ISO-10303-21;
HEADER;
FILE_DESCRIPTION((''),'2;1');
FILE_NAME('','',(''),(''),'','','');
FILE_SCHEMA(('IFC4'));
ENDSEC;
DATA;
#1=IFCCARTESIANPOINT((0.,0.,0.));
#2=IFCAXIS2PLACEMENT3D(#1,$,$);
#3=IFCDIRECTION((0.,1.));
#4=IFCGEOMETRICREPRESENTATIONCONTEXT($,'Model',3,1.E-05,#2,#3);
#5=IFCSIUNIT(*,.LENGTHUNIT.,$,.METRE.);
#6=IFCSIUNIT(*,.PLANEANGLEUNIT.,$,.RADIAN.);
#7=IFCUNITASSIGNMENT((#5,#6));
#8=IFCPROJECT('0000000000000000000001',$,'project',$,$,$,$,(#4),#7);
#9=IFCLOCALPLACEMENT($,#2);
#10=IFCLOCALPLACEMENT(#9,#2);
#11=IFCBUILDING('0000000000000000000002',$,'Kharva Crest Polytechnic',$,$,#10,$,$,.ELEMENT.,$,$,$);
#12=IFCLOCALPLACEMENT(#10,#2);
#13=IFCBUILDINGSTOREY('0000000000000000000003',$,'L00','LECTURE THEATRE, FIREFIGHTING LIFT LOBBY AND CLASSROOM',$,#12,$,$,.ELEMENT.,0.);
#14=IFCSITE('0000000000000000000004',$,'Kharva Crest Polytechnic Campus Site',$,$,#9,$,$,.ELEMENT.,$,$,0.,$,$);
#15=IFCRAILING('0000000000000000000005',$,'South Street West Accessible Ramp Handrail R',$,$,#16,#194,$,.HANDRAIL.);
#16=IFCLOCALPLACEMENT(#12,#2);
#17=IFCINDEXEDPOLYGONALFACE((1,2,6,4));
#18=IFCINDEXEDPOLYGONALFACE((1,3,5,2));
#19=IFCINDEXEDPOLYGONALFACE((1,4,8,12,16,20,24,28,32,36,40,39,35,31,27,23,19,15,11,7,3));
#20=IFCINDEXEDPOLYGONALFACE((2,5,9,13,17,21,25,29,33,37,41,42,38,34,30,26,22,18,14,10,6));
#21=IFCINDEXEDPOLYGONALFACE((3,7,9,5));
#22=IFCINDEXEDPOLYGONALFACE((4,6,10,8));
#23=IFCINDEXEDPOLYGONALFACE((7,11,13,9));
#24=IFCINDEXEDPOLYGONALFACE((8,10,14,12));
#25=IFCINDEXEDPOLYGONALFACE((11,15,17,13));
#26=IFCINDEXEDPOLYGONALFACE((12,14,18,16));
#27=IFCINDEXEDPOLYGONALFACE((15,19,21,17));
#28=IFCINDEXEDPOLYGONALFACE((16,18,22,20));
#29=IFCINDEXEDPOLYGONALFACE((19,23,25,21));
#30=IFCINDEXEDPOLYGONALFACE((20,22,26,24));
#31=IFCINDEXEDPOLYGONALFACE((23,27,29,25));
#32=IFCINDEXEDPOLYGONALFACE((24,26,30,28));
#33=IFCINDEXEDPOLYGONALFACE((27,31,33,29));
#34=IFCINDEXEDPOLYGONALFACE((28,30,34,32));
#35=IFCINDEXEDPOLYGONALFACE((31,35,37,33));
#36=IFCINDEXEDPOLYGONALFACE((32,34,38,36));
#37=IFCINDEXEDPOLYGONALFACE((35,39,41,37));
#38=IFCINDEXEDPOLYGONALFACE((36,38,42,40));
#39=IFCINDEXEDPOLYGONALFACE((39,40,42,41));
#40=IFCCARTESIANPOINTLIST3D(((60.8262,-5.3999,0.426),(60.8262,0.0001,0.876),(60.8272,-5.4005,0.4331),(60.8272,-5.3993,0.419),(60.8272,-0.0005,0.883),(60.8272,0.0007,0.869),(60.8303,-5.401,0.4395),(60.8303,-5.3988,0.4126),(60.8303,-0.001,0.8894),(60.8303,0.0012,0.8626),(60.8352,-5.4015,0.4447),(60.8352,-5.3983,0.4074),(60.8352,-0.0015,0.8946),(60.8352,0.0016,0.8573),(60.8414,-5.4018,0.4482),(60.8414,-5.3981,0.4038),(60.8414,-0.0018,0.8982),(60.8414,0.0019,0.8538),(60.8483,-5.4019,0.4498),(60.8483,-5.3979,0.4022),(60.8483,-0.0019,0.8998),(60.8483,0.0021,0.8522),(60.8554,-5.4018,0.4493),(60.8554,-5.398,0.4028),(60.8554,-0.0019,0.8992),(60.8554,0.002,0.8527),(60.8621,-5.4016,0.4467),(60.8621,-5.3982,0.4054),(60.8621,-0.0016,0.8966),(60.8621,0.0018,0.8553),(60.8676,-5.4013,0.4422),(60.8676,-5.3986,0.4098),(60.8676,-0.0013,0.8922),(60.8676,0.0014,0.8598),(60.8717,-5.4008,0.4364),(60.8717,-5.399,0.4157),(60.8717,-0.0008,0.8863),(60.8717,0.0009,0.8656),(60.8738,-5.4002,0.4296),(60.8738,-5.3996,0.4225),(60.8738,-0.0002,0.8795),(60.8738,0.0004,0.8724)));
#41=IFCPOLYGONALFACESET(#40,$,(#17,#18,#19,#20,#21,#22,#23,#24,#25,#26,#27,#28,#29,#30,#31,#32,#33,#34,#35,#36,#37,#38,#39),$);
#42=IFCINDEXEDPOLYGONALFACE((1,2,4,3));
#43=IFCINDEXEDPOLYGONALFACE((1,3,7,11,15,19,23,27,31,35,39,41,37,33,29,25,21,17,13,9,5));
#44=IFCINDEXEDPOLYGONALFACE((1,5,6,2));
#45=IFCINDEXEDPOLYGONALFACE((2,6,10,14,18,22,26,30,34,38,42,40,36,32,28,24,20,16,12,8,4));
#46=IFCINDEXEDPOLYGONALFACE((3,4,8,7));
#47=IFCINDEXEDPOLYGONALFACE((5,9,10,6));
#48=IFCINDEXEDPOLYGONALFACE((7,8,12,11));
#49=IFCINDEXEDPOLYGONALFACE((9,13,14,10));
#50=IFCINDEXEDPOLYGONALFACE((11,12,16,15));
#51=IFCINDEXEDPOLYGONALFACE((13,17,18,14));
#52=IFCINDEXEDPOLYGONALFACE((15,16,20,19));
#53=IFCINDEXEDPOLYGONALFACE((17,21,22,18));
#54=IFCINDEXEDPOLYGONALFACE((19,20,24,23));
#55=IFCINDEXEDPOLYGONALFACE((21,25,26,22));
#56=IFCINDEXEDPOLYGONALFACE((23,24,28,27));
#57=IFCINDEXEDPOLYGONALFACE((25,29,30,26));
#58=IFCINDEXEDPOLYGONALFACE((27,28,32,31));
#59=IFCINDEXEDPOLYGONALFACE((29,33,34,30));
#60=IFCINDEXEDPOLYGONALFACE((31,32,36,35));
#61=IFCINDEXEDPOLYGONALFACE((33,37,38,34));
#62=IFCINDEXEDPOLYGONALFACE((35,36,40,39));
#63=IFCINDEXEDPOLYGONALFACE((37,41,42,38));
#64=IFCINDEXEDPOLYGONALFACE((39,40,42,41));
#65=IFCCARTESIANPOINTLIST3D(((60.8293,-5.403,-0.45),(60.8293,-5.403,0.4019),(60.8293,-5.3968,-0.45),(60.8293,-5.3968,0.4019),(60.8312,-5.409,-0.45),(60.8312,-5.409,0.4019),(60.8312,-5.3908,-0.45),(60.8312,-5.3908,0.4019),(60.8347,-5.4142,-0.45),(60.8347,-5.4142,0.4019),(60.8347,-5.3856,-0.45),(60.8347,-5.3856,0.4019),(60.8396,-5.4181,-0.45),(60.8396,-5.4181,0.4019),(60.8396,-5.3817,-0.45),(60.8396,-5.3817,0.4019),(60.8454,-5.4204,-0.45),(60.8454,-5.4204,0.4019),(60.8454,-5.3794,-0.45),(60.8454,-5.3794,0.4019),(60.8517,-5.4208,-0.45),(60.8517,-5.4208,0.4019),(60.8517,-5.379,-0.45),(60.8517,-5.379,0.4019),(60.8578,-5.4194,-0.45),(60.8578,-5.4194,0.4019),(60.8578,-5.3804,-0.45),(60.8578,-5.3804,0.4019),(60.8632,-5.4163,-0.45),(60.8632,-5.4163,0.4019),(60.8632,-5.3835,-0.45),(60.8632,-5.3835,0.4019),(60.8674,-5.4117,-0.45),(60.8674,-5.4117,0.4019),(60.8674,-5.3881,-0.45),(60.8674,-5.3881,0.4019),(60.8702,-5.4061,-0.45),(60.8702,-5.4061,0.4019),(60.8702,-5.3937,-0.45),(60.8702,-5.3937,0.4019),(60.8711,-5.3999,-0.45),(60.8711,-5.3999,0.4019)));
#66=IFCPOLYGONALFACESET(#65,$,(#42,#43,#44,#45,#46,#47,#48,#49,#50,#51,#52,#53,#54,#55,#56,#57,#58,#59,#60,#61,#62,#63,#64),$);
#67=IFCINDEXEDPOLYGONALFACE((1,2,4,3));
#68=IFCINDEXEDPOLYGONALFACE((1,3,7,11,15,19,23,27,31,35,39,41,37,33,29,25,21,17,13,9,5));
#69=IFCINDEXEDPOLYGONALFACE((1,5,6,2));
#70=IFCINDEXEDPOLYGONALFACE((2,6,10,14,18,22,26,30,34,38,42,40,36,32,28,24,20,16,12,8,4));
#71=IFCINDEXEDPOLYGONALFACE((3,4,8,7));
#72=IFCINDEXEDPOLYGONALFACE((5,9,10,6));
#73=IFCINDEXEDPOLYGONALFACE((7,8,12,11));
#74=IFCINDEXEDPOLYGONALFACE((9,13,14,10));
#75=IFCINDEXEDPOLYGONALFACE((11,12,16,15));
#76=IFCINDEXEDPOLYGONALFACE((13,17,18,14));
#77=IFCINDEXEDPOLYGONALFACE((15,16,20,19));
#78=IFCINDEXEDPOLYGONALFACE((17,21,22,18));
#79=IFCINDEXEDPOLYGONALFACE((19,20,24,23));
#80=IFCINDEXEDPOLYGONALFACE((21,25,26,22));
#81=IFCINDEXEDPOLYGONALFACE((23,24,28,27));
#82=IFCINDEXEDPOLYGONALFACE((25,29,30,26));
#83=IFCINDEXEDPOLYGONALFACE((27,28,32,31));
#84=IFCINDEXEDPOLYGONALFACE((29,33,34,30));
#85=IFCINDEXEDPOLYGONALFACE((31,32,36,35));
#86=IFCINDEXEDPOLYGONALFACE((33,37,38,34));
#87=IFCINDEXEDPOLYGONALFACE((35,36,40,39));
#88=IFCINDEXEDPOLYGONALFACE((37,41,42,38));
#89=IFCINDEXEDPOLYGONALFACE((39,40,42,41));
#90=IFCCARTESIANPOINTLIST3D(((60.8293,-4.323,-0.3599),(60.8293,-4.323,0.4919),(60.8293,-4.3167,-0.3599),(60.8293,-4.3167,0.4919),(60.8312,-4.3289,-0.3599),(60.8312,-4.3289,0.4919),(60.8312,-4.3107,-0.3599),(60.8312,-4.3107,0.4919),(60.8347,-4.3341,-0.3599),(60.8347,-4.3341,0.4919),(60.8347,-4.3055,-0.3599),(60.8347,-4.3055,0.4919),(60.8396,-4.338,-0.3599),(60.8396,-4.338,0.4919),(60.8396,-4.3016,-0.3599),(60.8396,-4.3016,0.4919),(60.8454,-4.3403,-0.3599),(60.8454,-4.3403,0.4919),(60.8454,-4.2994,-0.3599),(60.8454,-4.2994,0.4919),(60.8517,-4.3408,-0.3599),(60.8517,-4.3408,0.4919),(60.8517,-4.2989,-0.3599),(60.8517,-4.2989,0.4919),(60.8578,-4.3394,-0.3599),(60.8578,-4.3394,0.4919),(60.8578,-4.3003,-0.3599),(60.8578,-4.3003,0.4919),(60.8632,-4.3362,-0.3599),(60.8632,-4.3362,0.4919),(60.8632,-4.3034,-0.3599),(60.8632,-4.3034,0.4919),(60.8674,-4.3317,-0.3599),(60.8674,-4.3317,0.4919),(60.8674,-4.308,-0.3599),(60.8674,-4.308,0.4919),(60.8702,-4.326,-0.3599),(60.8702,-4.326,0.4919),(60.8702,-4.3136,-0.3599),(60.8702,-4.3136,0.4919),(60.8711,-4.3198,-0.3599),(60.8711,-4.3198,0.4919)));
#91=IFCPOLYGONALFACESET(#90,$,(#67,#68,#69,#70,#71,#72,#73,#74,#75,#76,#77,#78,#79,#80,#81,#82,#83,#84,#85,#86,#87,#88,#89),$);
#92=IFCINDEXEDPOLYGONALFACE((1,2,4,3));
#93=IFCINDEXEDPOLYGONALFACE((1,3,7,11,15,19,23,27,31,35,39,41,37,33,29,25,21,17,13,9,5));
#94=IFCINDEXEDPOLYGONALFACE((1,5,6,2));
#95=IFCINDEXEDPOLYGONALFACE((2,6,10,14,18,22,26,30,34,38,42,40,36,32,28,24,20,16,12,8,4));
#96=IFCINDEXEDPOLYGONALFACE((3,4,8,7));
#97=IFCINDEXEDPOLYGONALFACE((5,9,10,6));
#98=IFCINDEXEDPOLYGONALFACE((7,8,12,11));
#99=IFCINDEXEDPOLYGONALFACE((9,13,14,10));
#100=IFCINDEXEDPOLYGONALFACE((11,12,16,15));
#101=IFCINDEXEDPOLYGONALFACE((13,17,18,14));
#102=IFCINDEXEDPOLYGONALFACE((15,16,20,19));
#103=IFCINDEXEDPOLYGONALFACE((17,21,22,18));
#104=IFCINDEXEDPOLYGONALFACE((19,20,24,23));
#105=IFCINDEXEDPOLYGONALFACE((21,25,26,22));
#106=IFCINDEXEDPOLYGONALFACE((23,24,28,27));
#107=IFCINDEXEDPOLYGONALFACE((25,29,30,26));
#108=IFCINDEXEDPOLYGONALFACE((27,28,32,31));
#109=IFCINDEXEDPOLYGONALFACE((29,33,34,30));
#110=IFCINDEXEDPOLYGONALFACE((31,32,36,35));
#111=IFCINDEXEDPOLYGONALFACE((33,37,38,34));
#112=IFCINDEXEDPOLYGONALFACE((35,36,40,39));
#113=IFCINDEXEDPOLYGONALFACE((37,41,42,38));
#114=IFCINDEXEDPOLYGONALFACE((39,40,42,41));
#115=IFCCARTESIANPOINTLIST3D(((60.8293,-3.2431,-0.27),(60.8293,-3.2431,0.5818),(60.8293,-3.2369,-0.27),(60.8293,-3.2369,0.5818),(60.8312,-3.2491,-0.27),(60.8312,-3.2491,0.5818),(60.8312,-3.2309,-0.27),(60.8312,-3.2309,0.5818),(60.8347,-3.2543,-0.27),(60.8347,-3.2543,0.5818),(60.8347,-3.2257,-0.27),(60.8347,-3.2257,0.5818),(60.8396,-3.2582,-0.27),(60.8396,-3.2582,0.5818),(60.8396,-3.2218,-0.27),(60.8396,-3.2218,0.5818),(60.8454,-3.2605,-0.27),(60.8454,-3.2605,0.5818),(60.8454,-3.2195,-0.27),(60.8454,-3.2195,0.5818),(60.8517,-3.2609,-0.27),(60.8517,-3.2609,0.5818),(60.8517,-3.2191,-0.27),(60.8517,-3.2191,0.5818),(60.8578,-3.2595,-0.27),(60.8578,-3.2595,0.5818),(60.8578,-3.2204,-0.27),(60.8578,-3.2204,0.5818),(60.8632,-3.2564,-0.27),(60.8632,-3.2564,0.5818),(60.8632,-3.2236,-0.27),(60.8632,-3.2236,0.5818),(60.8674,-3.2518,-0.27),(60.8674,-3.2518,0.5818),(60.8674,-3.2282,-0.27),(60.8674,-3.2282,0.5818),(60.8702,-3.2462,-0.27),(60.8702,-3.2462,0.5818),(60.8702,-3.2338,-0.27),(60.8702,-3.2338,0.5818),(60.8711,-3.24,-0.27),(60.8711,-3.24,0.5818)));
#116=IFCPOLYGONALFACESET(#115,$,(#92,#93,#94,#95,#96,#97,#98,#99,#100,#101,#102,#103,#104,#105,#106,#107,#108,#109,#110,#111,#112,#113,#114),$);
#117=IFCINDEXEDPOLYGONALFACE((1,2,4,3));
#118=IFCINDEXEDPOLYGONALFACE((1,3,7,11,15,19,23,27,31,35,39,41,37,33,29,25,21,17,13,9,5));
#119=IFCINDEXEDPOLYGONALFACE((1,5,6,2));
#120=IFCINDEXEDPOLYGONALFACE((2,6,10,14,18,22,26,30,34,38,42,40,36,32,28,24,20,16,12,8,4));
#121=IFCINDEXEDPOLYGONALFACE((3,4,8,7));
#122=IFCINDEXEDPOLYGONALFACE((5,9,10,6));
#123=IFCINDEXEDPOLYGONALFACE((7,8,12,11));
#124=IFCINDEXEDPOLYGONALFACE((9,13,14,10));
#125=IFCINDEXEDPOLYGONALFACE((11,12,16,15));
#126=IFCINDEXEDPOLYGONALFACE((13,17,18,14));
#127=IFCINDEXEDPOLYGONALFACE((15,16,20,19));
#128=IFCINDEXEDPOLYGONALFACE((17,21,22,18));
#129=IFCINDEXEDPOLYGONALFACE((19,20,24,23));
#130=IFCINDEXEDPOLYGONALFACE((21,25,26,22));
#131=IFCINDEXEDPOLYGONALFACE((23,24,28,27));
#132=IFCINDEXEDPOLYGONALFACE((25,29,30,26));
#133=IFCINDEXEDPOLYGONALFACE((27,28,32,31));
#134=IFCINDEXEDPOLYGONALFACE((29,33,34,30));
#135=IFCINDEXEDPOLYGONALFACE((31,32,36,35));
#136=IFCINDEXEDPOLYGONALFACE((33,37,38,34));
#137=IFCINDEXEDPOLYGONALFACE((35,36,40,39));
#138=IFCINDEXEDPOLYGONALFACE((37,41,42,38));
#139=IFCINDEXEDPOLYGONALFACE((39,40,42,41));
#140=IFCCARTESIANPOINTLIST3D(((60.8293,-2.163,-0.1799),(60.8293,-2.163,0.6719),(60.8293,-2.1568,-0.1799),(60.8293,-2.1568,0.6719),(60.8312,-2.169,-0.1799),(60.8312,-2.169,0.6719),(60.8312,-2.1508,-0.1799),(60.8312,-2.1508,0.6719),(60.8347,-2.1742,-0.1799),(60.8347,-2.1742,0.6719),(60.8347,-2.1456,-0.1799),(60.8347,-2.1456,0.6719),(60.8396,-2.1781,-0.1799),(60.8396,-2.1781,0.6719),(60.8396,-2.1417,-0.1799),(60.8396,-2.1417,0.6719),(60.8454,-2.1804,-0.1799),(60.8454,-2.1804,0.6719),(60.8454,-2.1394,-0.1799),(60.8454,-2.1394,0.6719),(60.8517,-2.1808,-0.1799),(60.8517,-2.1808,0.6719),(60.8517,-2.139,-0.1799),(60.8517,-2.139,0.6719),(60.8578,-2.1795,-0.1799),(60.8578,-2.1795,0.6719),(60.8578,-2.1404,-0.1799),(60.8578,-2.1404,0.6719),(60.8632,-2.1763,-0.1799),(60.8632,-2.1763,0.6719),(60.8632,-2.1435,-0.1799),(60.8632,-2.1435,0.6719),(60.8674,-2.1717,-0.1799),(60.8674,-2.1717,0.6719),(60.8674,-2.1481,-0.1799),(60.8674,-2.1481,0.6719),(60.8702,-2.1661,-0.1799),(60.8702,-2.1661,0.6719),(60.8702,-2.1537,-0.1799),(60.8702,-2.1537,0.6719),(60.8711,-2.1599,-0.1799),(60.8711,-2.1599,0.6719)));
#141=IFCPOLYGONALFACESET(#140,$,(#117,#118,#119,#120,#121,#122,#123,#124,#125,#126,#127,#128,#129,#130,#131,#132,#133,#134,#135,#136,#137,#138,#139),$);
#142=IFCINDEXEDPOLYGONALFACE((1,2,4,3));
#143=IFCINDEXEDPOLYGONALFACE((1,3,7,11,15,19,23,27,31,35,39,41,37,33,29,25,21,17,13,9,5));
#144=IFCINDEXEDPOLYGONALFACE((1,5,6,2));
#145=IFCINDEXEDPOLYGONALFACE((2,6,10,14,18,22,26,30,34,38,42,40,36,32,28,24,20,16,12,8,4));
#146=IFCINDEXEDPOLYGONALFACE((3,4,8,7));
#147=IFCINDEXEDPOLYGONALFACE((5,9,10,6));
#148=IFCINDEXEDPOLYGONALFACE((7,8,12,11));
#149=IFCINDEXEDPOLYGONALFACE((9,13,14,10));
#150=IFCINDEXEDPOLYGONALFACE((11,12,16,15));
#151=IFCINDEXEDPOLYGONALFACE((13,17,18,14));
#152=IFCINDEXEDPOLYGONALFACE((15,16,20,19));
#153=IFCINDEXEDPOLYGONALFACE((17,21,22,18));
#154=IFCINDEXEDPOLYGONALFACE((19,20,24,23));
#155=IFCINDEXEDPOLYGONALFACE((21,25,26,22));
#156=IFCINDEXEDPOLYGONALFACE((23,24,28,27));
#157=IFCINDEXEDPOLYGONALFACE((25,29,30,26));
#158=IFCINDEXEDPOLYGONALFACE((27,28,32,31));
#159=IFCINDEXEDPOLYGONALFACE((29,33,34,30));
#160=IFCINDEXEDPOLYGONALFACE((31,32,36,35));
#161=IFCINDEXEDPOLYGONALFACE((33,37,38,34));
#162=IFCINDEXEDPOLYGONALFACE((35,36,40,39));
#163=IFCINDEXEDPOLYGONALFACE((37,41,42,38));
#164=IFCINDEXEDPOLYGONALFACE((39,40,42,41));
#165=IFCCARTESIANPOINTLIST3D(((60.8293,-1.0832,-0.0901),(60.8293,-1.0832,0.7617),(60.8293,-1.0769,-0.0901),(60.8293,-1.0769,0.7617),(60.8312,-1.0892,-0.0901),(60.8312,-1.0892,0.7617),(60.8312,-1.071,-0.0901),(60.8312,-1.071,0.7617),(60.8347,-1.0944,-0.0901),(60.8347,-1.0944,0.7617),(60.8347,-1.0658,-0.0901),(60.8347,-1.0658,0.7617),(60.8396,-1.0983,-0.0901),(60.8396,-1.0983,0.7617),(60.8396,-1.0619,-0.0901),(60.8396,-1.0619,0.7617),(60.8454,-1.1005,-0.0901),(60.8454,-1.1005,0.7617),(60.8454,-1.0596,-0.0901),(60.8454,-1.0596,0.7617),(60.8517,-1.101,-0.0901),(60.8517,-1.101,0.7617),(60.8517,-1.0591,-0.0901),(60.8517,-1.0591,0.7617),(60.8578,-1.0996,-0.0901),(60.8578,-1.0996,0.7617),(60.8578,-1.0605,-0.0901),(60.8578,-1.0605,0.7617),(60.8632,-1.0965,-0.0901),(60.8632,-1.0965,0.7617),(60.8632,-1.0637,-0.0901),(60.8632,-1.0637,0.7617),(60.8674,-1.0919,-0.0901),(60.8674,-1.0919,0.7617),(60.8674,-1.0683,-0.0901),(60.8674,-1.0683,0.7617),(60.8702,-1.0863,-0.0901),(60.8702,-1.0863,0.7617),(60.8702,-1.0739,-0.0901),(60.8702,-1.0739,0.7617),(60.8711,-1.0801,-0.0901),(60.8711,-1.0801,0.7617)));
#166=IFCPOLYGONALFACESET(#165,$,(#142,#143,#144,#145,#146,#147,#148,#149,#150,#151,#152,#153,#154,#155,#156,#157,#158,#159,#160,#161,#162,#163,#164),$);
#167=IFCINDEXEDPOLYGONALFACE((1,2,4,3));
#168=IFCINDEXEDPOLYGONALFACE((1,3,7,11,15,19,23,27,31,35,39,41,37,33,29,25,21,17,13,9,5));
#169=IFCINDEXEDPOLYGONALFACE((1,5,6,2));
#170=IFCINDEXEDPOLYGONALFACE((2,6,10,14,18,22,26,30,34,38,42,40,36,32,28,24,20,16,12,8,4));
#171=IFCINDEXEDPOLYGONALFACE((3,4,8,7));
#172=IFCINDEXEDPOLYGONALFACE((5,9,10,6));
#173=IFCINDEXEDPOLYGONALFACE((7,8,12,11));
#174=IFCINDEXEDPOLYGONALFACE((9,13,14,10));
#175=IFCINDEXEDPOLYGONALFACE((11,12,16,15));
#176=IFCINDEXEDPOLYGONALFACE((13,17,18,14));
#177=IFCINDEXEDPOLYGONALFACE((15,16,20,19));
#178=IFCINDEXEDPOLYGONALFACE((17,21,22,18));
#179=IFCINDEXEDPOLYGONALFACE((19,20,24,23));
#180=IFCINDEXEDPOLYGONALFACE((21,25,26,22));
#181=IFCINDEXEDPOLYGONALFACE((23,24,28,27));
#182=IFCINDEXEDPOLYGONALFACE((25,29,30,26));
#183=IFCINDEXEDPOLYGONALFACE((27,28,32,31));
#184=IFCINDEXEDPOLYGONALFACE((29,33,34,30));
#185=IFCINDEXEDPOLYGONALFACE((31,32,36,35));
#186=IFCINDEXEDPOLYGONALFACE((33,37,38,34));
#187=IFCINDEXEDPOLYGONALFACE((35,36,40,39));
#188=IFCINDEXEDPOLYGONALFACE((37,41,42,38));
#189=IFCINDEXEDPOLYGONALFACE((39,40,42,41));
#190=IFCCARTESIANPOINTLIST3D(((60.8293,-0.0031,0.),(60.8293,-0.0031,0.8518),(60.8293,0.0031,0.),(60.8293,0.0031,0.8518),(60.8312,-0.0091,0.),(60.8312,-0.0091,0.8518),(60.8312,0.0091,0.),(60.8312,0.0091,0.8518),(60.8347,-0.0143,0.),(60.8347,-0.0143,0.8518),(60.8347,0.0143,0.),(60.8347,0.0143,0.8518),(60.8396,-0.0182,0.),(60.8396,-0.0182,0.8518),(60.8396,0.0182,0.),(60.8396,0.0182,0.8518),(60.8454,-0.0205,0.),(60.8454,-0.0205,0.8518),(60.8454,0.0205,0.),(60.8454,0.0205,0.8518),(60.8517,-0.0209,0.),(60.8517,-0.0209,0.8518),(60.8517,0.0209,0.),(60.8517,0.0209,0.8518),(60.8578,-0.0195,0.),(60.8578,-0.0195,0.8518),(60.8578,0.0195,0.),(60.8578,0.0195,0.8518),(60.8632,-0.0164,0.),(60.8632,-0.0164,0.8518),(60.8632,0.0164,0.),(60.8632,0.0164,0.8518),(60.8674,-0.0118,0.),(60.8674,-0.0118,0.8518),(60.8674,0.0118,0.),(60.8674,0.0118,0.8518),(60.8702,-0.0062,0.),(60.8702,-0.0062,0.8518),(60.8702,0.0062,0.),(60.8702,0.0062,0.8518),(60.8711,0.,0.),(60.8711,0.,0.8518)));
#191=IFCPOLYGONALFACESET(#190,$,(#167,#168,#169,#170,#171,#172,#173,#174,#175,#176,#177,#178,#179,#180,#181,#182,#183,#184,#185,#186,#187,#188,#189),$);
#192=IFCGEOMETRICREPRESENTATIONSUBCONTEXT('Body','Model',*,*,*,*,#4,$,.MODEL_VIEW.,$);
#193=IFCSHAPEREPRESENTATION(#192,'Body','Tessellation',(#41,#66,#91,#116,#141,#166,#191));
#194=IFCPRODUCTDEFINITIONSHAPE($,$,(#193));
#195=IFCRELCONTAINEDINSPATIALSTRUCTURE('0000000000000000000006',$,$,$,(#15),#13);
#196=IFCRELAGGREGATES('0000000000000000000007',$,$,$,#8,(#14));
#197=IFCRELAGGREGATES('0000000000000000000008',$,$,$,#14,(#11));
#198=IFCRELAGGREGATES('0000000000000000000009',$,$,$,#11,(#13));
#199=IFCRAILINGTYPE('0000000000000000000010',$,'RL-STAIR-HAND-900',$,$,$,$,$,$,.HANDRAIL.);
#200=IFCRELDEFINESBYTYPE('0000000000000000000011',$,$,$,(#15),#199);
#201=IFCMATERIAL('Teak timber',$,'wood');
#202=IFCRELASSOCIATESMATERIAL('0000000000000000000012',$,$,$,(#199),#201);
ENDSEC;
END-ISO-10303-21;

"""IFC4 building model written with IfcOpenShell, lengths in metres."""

from ifc_helpers import new_model, si_unit, direction, frame, origin, origin_2d, place, context, subcontext, project, spatial, circle, extrude, material, type_object, element, save


model = new_model("IFC4")

# Units and contexts
model_context = context("Model", 3, precision=1e-05, world=origin(), true_north=direction((0.0, 1.0)))
body_context = subcontext(model_context, "Body", "Model", "MODEL_VIEW")
ifc_project = project(units=[si_unit("LENGTHUNIT", "METRE"), si_unit("PLANEANGLEUNIT", "RADIAN")], contexts=[model_context])

# Site, building, storey
site_placement = place(None, origin())
site = spatial("IfcSite", under=ifc_project, at=site_placement, Name="Kharva Crest Polytechnic Campus Site", CompositionType="ELEMENT", RefElevation=0.0)
building_placement = place(site_placement, origin())
building = spatial("IfcBuilding", under=site, at=building_placement, Name="Kharva Crest Polytechnic", CompositionType="ELEMENT")
storey_placement = place(building_placement, origin())
storey = spatial("IfcBuildingStorey", under=building, at=storey_placement, Name="L00", Description="LECTURE THEATRE, FIREFIGHTING LIFT LOBBY AND CLASSROOM", CompositionType="ELEMENT", Elevation=0.0)

# Shared definitions
ifc_material_1 = material(Name="Teak timber", Category="wood")

# Railing
railing_type = type_object("IfcRailingType", Name="RL-STAIR-HAND-900", PredefinedType="HANDRAIL", material=ifc_material_1)
for number, where, name in (
    (1, (60.8501, -5.3999, -0.45), "South Street West Accessible Ramp Handrail R"),
):
    element("IfcRailing", number, at=place(storey_placement, frame(where)), inside=storey, type_object=railing_type, Name=name, PredefinedType="HANDRAIL", context=body_context, shape_type="SweptSolid", body=[
        extrude(circle(Radius=0.0239, at=origin_2d()), frame((0.0, 0.0, 0.876), z_axis=(0.0, 0.996546, 0.083038), x_axis=(-1.0, 0.0, 0.0)), (0.0, 0.0, 1.0), 5.4187),
        extrude(circle(Radius=0.021, at=origin_2d()), origin(), (0.0, 0.0, 1.0), 0.8518),
        extrude(circle(Radius=0.021, at=origin_2d()), frame((0.0, 1.0801, 0.0901)), (0.0, 0.0, 1.0), 0.8518),
        extrude(circle(Radius=0.021, at=origin_2d()), frame((0.0, 2.1599, 0.1799)), (0.0, 0.0, 1.0), 0.8518),
        extrude(circle(Radius=0.021, at=origin_2d()), frame((0.0, 3.24, 0.27)), (0.0, 0.0, 1.0), 0.8518),
        extrude(circle(Radius=0.021, at=origin_2d()), frame((0.0, 4.3198, 0.3599)), (0.0, 0.0, 1.0), 0.8518),
        extrude(circle(Radius=0.021, at=origin_2d()), frame((0.0, 5.3999, 0.45)), (0.0, 0.0, 1.0), 0.8518),
    ])

save(model, "model.ifc")
